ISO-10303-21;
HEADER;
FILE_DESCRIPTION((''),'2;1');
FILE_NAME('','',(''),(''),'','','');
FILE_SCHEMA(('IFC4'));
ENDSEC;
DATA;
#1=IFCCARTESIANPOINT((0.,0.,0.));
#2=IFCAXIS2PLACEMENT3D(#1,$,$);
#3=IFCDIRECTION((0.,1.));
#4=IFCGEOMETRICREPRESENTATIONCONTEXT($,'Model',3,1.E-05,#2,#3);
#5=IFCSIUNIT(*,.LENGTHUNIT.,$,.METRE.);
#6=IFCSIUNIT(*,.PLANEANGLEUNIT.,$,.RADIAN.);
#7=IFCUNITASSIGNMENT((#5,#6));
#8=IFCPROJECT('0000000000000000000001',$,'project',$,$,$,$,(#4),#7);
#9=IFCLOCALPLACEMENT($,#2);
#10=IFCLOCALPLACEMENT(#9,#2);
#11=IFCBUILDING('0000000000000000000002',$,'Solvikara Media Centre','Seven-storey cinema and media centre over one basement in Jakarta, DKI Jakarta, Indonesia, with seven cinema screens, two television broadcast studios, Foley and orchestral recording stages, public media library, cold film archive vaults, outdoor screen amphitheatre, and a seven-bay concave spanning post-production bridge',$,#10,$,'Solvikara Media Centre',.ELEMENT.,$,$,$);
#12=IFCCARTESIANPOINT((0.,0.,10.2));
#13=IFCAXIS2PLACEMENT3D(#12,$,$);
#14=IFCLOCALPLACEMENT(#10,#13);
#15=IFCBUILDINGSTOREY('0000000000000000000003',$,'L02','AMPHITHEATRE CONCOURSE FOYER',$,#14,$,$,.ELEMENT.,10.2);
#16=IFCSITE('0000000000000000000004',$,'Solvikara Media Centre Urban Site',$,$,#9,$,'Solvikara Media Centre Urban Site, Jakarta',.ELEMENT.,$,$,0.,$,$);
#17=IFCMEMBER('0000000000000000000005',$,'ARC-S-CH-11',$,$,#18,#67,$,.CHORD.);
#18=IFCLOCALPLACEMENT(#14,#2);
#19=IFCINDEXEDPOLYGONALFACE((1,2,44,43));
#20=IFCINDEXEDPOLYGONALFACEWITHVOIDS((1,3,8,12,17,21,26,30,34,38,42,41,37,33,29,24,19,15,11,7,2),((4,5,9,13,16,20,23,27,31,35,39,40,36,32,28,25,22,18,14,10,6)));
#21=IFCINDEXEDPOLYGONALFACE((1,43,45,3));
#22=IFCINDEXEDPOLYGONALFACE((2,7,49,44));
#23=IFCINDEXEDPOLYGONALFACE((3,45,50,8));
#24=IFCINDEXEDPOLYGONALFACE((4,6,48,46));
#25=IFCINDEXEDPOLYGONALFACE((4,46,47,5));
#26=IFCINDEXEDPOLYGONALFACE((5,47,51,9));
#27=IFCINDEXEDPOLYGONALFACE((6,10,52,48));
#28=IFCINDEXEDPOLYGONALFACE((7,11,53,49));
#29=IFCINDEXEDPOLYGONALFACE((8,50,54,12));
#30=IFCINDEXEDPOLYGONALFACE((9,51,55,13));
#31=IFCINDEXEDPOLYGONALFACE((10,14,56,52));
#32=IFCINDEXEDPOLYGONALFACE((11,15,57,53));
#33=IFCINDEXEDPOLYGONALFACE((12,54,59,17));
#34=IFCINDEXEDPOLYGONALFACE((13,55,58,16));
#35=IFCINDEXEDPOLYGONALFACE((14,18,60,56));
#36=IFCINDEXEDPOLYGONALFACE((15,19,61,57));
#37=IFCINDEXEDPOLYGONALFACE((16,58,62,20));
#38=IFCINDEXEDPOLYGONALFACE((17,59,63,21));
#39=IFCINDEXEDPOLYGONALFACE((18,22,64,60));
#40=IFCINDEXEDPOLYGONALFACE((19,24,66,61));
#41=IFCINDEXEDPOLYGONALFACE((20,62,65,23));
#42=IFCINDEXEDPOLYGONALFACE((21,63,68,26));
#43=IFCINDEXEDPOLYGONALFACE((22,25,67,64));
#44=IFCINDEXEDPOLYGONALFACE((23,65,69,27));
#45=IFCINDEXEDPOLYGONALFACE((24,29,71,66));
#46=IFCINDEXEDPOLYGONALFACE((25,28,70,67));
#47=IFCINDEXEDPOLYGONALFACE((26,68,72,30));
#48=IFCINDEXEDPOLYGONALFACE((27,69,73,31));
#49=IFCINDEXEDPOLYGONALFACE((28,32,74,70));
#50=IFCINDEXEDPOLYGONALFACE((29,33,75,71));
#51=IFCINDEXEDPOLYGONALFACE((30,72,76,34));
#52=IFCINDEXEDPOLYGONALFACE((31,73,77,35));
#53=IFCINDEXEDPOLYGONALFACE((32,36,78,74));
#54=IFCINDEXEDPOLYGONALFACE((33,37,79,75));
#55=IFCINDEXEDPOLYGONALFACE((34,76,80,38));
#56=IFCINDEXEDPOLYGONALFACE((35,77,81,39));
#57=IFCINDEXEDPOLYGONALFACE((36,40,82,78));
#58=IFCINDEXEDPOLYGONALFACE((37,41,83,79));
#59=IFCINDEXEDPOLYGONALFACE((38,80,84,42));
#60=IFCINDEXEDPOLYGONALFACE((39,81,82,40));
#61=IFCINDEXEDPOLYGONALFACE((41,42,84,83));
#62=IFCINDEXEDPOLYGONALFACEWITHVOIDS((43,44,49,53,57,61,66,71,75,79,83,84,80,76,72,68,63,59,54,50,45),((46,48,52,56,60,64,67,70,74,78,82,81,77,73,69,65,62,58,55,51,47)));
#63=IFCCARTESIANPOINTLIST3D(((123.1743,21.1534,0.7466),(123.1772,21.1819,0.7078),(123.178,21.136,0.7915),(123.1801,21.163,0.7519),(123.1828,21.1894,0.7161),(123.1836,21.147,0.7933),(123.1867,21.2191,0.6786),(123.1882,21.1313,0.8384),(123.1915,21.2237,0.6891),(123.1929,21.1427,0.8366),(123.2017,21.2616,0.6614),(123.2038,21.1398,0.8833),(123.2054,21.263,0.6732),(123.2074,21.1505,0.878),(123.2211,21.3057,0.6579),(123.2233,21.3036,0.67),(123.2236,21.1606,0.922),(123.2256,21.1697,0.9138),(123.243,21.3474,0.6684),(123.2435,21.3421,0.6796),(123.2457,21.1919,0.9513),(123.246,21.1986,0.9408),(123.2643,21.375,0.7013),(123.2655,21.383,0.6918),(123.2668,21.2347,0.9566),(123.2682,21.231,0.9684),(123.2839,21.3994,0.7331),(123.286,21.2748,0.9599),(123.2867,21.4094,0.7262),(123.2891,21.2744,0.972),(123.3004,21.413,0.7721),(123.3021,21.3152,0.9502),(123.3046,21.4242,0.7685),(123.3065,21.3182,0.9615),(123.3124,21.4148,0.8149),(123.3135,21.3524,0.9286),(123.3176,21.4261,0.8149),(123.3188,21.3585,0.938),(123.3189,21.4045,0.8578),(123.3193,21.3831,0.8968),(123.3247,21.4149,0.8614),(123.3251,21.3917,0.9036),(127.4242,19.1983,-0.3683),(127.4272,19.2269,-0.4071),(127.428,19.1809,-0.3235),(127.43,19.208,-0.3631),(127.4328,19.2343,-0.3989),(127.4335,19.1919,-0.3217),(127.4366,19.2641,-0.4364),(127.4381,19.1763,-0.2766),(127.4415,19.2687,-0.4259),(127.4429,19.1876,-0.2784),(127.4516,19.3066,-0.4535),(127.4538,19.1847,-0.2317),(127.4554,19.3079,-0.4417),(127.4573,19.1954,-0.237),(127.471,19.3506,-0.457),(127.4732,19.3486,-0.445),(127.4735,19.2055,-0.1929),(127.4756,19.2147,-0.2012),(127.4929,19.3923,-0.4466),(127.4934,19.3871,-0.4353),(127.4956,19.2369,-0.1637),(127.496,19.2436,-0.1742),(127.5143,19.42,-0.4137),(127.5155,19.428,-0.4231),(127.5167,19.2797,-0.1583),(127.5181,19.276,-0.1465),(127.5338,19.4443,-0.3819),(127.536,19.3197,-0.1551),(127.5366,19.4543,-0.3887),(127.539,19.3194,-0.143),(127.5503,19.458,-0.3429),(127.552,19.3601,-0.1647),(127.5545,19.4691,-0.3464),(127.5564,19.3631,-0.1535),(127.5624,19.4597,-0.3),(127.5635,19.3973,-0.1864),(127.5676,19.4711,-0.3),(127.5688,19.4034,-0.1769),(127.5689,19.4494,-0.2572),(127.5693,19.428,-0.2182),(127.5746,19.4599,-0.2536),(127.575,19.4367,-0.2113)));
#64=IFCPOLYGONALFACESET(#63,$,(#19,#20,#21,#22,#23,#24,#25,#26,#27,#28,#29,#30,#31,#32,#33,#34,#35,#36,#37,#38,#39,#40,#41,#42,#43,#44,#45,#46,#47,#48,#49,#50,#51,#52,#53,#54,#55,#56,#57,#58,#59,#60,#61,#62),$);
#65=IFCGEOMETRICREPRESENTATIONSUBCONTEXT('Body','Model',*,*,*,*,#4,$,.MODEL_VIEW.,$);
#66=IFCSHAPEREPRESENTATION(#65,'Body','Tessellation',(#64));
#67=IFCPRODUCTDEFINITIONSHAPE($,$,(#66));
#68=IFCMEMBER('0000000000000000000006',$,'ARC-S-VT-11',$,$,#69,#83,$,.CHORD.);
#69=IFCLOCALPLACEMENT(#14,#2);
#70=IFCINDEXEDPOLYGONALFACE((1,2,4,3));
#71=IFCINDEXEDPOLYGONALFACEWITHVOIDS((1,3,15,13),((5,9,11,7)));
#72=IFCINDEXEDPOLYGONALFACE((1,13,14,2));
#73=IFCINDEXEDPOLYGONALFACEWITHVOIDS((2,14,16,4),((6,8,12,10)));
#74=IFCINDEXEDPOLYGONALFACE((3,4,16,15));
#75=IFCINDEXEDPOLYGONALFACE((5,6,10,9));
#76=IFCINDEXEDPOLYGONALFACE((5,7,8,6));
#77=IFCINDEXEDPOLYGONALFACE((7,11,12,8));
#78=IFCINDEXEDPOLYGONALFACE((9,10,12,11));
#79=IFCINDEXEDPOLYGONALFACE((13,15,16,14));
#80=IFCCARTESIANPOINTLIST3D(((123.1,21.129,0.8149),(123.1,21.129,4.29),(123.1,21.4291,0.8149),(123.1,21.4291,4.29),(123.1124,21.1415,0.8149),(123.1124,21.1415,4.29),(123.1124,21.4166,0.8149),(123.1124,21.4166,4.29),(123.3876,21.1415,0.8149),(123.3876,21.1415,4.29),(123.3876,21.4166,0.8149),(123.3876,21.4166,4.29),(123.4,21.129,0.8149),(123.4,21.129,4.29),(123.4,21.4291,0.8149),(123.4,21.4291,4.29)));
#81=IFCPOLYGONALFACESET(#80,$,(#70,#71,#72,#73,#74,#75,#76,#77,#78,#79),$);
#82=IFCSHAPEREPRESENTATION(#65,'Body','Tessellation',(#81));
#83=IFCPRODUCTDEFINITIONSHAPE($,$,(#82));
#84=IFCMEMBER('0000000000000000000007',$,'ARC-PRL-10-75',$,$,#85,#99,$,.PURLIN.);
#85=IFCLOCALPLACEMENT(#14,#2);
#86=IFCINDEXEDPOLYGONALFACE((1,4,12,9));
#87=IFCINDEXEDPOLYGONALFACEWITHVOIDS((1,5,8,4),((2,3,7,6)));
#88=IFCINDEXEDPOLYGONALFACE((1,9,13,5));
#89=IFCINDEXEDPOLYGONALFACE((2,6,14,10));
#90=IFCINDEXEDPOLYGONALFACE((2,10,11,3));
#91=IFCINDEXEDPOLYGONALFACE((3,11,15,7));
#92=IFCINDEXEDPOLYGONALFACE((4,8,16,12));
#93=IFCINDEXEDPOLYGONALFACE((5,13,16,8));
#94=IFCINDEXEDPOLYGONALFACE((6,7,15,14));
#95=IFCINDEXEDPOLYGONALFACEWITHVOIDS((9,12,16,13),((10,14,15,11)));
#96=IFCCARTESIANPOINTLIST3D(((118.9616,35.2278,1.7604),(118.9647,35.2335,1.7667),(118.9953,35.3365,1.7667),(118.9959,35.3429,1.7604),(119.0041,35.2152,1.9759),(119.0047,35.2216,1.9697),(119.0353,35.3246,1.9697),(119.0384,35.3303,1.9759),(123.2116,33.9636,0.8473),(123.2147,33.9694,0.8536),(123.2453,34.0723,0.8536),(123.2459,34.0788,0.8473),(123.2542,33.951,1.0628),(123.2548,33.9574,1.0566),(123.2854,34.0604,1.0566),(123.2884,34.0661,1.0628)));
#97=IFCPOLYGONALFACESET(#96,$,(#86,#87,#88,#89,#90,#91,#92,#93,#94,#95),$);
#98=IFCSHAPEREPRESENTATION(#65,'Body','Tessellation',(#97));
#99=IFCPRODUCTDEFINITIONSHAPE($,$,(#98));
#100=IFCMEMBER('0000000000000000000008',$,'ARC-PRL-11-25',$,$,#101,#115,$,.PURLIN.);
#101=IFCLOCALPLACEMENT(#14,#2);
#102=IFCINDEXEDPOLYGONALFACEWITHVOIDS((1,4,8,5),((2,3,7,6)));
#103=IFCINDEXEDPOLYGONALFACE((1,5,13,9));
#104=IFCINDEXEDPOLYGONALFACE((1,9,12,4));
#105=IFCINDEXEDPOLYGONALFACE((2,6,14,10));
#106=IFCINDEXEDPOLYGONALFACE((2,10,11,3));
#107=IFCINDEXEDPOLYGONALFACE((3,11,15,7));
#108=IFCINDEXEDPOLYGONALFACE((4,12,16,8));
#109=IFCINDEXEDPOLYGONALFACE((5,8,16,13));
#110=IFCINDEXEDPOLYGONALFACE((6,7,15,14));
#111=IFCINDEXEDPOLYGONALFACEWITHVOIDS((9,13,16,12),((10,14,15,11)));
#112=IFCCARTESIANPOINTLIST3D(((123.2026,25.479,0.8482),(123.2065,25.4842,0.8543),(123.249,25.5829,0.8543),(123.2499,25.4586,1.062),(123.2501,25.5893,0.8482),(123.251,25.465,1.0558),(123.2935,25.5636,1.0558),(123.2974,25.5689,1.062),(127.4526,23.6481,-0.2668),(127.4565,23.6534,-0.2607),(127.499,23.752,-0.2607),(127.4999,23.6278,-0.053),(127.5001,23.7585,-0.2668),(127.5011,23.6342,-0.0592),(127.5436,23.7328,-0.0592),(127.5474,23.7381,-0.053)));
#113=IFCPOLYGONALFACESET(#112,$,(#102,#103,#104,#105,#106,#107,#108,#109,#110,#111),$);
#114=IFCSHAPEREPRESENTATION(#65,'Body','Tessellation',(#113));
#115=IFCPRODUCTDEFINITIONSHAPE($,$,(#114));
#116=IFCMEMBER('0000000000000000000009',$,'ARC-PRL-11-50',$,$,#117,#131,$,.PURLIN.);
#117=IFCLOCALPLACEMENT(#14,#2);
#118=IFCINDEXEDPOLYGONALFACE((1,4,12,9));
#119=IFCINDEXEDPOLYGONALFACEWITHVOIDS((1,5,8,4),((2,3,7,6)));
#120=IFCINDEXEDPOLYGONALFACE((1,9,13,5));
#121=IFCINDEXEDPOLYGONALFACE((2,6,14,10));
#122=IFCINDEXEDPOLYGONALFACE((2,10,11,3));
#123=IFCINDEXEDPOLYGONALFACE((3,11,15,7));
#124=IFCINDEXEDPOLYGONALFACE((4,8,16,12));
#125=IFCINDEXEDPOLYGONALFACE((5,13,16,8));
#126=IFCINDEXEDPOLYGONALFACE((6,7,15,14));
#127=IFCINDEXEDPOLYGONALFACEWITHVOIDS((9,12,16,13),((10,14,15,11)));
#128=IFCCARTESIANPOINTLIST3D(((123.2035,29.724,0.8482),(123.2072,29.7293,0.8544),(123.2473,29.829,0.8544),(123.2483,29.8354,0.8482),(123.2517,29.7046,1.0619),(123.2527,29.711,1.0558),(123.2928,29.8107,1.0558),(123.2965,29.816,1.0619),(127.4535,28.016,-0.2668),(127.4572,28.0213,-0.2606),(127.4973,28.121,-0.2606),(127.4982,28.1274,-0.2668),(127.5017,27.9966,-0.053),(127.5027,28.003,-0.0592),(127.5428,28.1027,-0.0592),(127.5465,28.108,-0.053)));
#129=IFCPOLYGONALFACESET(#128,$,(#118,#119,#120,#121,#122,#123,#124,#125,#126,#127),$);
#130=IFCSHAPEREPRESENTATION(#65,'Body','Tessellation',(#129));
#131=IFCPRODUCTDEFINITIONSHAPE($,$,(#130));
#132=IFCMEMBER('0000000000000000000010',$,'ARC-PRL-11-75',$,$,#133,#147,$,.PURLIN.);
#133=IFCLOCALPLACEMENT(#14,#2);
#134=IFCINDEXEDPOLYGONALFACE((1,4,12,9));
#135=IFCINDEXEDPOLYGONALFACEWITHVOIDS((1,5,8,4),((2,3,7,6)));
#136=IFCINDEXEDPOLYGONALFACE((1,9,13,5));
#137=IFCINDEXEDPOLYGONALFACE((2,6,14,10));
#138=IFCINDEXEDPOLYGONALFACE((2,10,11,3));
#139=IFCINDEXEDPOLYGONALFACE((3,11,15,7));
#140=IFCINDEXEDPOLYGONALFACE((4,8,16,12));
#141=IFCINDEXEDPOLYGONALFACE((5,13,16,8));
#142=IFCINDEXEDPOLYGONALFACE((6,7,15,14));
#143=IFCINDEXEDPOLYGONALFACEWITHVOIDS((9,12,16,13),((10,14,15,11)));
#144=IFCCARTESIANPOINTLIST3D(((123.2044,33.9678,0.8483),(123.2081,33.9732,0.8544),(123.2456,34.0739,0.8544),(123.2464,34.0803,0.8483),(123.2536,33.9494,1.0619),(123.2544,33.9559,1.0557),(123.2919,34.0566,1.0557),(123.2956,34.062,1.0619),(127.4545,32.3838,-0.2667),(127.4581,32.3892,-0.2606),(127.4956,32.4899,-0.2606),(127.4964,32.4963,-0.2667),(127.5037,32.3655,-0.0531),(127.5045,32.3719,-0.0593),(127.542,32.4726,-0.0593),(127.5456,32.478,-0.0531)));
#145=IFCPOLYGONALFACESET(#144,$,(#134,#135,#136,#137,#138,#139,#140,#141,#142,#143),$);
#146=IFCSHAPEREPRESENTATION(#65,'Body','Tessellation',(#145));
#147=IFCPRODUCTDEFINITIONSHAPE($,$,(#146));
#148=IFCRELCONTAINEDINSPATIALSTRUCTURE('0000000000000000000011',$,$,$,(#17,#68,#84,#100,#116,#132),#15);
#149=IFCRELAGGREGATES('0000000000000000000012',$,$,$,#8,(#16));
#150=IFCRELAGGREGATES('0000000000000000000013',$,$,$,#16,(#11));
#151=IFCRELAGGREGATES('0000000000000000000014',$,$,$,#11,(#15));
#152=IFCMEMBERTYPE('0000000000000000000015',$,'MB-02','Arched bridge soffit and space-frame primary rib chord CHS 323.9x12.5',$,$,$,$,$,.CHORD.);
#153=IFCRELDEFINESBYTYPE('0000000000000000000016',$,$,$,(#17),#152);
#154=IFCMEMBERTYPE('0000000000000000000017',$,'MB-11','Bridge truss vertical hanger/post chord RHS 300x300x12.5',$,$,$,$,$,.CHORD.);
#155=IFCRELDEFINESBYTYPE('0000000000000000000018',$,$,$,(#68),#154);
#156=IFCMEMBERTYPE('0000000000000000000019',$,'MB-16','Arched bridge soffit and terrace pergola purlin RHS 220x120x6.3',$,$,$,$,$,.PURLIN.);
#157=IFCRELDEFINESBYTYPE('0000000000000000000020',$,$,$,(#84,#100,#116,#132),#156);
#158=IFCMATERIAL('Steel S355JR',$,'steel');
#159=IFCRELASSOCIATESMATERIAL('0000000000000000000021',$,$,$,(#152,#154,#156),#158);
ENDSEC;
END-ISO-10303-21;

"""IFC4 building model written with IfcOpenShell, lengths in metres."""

from ifc_helpers import new_model, si_unit, direction, frame, origin, origin_2d, place, context, subcontext, project, spatial, hollow_rectangle, hollow_circle, extrude, material, material_profile, profile_set, type_object, element, save


model = new_model("IFC4")

# Units and contexts
model_context = context("Model", 3, precision=1e-05, world=origin(), true_north=direction((0.0, 1.0)))
body_context = subcontext(model_context, "Body", "Model", "MODEL_VIEW")
ifc_project = project(units=[si_unit("LENGTHUNIT", "METRE"), si_unit("PLANEANGLEUNIT", "RADIAN")], contexts=[model_context])

# Site, building, storey
site_placement = place(None, origin())
site = spatial("IfcSite", under=ifc_project, at=site_placement, Name="Solvikara Media Centre Urban Site", LongName="Solvikara Media Centre Urban Site, Jakarta", CompositionType="ELEMENT", RefElevation=0.0)
building_placement = place(site_placement, origin())
building = spatial("IfcBuilding", under=site, at=building_placement, Name="Solvikara Media Centre", Description="Seven-storey cinema and media centre over one basement in Jakarta, DKI Jakarta, Indonesia, with seven cinema screens, two television broadcast studios, Foley and orchestral recording stages, public media library, cold film archive vaults, outdoor screen amphitheatre, and a seven-bay concave spanning post-production bridge", LongName="Solvikara Media Centre", CompositionType="ELEMENT")
storey_placement = place(building_placement, frame((0.0, 0.0, 10.2)))
storey = spatial("IfcBuildingStorey", under=building, at=storey_placement, Name="L02", Description="AMPHITHEATRE CONCOURSE FOYER", CompositionType="ELEMENT", Elevation=10.2)

# Members
ifc_material_1 = material(Name="Steel S355JR", Category="steel")
ifc_material_profile_1 = material_profile(ifc_material_1, hollow_circle(Radius=0.1619, WallThickness=0.0125, at=origin_2d()), Name="CHS 323.9x12.5")
ifc_profile_set_1 = profile_set([ifc_material_profile_1], Name="Steel S355JR")
member_type_1 = type_object("IfcMemberType", Name="MB-02", Description="Arched bridge soffit and space-frame primary rib chord CHS 323.9x12.5", PredefinedType="CHORD", material=ifc_profile_set_1)
member_1_placement = place(storey_placement, frame((123.25, 21.2791, 0.8149), z_axis=(0.88373, -0.406532, -0.231847), x_axis=(0.417919, 0.908484, 0.0)))
element("IfcMember", 1, at=member_1_placement, inside=storey, type_object=member_type_1, Name="ARC-S-CH-11", PredefinedType="CHORD", context=body_context, shape_type="SweptSolid", body=[
    extrude(hollow_circle(Radius=0.1619, WallThickness=0.0125, at=origin_2d()), origin(), (0.0, 0.0, 1.0), 4.8091),
])
ifc_material_profile_2 = material_profile(ifc_material_1, hollow_rectangle(XDim=0.3, YDim=0.3, WallThickness=0.0125, at=origin_2d()), Name="RHS 300x300x12.5")
ifc_profile_set_2 = profile_set([ifc_material_profile_2], Name="Steel S355JR")
member_type_2 = type_object("IfcMemberType", Name="MB-11", Description="Bridge truss vertical hanger/post chord RHS 300x300x12.5", PredefinedType="CHORD", material=ifc_profile_set_2)
member_2_placement = place(storey_placement, frame((123.25, 21.2791, 0.8149), z_axis=(0.0, 0.0, 1.0), x_axis=(1.0, 0.0, 0.0)))
element("IfcMember", 2, at=member_2_placement, inside=storey, type_object=member_type_2, Name="ARC-S-VT-11", PredefinedType="CHORD", context=body_context, shape_type="SweptSolid", body=[
    extrude(hollow_rectangle(XDim=0.3, YDim=0.3, WallThickness=0.0125, at=origin_2d()), origin(), (0.0, 0.0, 1.0), 3.4751),
])
ifc_material_profile_3 = material_profile(ifc_material_1, hollow_rectangle(XDim=0.1201, YDim=0.22, WallThickness=0.0063, at=origin_2d()), Name="RHS 220x120x6.3")
ifc_profile_set_3 = profile_set([ifc_material_profile_3], Name="Steel S355JR")
member_type_3 = type_object("IfcMemberType", Name="MB-16", Description="Arched bridge soffit and terrace pergola purlin RHS 220x120x6.3", PredefinedType="PURLIN", material=ifc_profile_set_3)
member_3_placement = place(storey_placement, frame((119.0, 35.2791, 1.8682), z_axis=(0.938798, -0.279245, -0.201695), x_axis=(0.285104, 0.958497, 0.0)))
element("IfcMember", 3, at=member_3_placement, inside=storey, type_object=member_type_3, Name="ARC-PRL-10-75", PredefinedType="PURLIN", context=body_context, shape_type="SweptSolid", body=[
    extrude(hollow_rectangle(XDim=0.1201, YDim=0.22, WallThickness=0.0063, at=origin_2d()), origin(), (0.0, 0.0, 1.0), 4.5271),
])
member_4_placement = place(storey_placement, frame((123.25, 25.5239, 0.9551), z_axis=(0.892858, -0.384624, -0.234242), x_axis=(0.395631, 0.918409, 0.0)))
element("IfcMember", 4, at=member_4_placement, inside=storey, type_object=member_type_3, Name="ARC-PRL-11-25", PredefinedType="PURLIN", context=body_context, shape_type="SweptSolid", body=[
    extrude(hollow_rectangle(XDim=0.1201, YDim=0.22, WallThickness=0.0063, at=origin_2d()), origin(), (0.0, 0.0, 1.0), 4.76),
])
member_5_placement = place(storey_placement, frame((123.25, 29.77, 0.9551), z_axis=(0.901545, -0.362317, -0.236521), x_axis=(0.372897, 0.927873, 0.0)))
element("IfcMember", 5, at=member_5_placement, inside=storey, type_object=member_type_3, Name="ARC-PRL-11-50", PredefinedType="PURLIN", context=body_context, shape_type="SweptSolid", body=[
    extrude(hollow_rectangle(XDim=0.1201, YDim=0.22, WallThickness=0.0063, at=origin_2d()), origin(), (0.0, 0.0, 1.0), 4.7141),
])
member_6_placement = place(storey_placement, frame((123.25, 34.0149, 0.9551), z_axis=(0.909943, -0.339138, -0.238724), x_axis=(0.349235, 0.937035, 0.0)))
element("IfcMember", 6, at=member_6_placement, inside=storey, type_object=member_type_3, Name="ARC-PRL-11-75", PredefinedType="PURLIN", context=body_context, shape_type="SweptSolid", body=[
    extrude(hollow_rectangle(XDim=0.1201, YDim=0.22, WallThickness=0.0063, at=origin_2d()), origin(), (0.0, 0.0, 1.0), 4.6707),
])

save(model, "model.ifc")
